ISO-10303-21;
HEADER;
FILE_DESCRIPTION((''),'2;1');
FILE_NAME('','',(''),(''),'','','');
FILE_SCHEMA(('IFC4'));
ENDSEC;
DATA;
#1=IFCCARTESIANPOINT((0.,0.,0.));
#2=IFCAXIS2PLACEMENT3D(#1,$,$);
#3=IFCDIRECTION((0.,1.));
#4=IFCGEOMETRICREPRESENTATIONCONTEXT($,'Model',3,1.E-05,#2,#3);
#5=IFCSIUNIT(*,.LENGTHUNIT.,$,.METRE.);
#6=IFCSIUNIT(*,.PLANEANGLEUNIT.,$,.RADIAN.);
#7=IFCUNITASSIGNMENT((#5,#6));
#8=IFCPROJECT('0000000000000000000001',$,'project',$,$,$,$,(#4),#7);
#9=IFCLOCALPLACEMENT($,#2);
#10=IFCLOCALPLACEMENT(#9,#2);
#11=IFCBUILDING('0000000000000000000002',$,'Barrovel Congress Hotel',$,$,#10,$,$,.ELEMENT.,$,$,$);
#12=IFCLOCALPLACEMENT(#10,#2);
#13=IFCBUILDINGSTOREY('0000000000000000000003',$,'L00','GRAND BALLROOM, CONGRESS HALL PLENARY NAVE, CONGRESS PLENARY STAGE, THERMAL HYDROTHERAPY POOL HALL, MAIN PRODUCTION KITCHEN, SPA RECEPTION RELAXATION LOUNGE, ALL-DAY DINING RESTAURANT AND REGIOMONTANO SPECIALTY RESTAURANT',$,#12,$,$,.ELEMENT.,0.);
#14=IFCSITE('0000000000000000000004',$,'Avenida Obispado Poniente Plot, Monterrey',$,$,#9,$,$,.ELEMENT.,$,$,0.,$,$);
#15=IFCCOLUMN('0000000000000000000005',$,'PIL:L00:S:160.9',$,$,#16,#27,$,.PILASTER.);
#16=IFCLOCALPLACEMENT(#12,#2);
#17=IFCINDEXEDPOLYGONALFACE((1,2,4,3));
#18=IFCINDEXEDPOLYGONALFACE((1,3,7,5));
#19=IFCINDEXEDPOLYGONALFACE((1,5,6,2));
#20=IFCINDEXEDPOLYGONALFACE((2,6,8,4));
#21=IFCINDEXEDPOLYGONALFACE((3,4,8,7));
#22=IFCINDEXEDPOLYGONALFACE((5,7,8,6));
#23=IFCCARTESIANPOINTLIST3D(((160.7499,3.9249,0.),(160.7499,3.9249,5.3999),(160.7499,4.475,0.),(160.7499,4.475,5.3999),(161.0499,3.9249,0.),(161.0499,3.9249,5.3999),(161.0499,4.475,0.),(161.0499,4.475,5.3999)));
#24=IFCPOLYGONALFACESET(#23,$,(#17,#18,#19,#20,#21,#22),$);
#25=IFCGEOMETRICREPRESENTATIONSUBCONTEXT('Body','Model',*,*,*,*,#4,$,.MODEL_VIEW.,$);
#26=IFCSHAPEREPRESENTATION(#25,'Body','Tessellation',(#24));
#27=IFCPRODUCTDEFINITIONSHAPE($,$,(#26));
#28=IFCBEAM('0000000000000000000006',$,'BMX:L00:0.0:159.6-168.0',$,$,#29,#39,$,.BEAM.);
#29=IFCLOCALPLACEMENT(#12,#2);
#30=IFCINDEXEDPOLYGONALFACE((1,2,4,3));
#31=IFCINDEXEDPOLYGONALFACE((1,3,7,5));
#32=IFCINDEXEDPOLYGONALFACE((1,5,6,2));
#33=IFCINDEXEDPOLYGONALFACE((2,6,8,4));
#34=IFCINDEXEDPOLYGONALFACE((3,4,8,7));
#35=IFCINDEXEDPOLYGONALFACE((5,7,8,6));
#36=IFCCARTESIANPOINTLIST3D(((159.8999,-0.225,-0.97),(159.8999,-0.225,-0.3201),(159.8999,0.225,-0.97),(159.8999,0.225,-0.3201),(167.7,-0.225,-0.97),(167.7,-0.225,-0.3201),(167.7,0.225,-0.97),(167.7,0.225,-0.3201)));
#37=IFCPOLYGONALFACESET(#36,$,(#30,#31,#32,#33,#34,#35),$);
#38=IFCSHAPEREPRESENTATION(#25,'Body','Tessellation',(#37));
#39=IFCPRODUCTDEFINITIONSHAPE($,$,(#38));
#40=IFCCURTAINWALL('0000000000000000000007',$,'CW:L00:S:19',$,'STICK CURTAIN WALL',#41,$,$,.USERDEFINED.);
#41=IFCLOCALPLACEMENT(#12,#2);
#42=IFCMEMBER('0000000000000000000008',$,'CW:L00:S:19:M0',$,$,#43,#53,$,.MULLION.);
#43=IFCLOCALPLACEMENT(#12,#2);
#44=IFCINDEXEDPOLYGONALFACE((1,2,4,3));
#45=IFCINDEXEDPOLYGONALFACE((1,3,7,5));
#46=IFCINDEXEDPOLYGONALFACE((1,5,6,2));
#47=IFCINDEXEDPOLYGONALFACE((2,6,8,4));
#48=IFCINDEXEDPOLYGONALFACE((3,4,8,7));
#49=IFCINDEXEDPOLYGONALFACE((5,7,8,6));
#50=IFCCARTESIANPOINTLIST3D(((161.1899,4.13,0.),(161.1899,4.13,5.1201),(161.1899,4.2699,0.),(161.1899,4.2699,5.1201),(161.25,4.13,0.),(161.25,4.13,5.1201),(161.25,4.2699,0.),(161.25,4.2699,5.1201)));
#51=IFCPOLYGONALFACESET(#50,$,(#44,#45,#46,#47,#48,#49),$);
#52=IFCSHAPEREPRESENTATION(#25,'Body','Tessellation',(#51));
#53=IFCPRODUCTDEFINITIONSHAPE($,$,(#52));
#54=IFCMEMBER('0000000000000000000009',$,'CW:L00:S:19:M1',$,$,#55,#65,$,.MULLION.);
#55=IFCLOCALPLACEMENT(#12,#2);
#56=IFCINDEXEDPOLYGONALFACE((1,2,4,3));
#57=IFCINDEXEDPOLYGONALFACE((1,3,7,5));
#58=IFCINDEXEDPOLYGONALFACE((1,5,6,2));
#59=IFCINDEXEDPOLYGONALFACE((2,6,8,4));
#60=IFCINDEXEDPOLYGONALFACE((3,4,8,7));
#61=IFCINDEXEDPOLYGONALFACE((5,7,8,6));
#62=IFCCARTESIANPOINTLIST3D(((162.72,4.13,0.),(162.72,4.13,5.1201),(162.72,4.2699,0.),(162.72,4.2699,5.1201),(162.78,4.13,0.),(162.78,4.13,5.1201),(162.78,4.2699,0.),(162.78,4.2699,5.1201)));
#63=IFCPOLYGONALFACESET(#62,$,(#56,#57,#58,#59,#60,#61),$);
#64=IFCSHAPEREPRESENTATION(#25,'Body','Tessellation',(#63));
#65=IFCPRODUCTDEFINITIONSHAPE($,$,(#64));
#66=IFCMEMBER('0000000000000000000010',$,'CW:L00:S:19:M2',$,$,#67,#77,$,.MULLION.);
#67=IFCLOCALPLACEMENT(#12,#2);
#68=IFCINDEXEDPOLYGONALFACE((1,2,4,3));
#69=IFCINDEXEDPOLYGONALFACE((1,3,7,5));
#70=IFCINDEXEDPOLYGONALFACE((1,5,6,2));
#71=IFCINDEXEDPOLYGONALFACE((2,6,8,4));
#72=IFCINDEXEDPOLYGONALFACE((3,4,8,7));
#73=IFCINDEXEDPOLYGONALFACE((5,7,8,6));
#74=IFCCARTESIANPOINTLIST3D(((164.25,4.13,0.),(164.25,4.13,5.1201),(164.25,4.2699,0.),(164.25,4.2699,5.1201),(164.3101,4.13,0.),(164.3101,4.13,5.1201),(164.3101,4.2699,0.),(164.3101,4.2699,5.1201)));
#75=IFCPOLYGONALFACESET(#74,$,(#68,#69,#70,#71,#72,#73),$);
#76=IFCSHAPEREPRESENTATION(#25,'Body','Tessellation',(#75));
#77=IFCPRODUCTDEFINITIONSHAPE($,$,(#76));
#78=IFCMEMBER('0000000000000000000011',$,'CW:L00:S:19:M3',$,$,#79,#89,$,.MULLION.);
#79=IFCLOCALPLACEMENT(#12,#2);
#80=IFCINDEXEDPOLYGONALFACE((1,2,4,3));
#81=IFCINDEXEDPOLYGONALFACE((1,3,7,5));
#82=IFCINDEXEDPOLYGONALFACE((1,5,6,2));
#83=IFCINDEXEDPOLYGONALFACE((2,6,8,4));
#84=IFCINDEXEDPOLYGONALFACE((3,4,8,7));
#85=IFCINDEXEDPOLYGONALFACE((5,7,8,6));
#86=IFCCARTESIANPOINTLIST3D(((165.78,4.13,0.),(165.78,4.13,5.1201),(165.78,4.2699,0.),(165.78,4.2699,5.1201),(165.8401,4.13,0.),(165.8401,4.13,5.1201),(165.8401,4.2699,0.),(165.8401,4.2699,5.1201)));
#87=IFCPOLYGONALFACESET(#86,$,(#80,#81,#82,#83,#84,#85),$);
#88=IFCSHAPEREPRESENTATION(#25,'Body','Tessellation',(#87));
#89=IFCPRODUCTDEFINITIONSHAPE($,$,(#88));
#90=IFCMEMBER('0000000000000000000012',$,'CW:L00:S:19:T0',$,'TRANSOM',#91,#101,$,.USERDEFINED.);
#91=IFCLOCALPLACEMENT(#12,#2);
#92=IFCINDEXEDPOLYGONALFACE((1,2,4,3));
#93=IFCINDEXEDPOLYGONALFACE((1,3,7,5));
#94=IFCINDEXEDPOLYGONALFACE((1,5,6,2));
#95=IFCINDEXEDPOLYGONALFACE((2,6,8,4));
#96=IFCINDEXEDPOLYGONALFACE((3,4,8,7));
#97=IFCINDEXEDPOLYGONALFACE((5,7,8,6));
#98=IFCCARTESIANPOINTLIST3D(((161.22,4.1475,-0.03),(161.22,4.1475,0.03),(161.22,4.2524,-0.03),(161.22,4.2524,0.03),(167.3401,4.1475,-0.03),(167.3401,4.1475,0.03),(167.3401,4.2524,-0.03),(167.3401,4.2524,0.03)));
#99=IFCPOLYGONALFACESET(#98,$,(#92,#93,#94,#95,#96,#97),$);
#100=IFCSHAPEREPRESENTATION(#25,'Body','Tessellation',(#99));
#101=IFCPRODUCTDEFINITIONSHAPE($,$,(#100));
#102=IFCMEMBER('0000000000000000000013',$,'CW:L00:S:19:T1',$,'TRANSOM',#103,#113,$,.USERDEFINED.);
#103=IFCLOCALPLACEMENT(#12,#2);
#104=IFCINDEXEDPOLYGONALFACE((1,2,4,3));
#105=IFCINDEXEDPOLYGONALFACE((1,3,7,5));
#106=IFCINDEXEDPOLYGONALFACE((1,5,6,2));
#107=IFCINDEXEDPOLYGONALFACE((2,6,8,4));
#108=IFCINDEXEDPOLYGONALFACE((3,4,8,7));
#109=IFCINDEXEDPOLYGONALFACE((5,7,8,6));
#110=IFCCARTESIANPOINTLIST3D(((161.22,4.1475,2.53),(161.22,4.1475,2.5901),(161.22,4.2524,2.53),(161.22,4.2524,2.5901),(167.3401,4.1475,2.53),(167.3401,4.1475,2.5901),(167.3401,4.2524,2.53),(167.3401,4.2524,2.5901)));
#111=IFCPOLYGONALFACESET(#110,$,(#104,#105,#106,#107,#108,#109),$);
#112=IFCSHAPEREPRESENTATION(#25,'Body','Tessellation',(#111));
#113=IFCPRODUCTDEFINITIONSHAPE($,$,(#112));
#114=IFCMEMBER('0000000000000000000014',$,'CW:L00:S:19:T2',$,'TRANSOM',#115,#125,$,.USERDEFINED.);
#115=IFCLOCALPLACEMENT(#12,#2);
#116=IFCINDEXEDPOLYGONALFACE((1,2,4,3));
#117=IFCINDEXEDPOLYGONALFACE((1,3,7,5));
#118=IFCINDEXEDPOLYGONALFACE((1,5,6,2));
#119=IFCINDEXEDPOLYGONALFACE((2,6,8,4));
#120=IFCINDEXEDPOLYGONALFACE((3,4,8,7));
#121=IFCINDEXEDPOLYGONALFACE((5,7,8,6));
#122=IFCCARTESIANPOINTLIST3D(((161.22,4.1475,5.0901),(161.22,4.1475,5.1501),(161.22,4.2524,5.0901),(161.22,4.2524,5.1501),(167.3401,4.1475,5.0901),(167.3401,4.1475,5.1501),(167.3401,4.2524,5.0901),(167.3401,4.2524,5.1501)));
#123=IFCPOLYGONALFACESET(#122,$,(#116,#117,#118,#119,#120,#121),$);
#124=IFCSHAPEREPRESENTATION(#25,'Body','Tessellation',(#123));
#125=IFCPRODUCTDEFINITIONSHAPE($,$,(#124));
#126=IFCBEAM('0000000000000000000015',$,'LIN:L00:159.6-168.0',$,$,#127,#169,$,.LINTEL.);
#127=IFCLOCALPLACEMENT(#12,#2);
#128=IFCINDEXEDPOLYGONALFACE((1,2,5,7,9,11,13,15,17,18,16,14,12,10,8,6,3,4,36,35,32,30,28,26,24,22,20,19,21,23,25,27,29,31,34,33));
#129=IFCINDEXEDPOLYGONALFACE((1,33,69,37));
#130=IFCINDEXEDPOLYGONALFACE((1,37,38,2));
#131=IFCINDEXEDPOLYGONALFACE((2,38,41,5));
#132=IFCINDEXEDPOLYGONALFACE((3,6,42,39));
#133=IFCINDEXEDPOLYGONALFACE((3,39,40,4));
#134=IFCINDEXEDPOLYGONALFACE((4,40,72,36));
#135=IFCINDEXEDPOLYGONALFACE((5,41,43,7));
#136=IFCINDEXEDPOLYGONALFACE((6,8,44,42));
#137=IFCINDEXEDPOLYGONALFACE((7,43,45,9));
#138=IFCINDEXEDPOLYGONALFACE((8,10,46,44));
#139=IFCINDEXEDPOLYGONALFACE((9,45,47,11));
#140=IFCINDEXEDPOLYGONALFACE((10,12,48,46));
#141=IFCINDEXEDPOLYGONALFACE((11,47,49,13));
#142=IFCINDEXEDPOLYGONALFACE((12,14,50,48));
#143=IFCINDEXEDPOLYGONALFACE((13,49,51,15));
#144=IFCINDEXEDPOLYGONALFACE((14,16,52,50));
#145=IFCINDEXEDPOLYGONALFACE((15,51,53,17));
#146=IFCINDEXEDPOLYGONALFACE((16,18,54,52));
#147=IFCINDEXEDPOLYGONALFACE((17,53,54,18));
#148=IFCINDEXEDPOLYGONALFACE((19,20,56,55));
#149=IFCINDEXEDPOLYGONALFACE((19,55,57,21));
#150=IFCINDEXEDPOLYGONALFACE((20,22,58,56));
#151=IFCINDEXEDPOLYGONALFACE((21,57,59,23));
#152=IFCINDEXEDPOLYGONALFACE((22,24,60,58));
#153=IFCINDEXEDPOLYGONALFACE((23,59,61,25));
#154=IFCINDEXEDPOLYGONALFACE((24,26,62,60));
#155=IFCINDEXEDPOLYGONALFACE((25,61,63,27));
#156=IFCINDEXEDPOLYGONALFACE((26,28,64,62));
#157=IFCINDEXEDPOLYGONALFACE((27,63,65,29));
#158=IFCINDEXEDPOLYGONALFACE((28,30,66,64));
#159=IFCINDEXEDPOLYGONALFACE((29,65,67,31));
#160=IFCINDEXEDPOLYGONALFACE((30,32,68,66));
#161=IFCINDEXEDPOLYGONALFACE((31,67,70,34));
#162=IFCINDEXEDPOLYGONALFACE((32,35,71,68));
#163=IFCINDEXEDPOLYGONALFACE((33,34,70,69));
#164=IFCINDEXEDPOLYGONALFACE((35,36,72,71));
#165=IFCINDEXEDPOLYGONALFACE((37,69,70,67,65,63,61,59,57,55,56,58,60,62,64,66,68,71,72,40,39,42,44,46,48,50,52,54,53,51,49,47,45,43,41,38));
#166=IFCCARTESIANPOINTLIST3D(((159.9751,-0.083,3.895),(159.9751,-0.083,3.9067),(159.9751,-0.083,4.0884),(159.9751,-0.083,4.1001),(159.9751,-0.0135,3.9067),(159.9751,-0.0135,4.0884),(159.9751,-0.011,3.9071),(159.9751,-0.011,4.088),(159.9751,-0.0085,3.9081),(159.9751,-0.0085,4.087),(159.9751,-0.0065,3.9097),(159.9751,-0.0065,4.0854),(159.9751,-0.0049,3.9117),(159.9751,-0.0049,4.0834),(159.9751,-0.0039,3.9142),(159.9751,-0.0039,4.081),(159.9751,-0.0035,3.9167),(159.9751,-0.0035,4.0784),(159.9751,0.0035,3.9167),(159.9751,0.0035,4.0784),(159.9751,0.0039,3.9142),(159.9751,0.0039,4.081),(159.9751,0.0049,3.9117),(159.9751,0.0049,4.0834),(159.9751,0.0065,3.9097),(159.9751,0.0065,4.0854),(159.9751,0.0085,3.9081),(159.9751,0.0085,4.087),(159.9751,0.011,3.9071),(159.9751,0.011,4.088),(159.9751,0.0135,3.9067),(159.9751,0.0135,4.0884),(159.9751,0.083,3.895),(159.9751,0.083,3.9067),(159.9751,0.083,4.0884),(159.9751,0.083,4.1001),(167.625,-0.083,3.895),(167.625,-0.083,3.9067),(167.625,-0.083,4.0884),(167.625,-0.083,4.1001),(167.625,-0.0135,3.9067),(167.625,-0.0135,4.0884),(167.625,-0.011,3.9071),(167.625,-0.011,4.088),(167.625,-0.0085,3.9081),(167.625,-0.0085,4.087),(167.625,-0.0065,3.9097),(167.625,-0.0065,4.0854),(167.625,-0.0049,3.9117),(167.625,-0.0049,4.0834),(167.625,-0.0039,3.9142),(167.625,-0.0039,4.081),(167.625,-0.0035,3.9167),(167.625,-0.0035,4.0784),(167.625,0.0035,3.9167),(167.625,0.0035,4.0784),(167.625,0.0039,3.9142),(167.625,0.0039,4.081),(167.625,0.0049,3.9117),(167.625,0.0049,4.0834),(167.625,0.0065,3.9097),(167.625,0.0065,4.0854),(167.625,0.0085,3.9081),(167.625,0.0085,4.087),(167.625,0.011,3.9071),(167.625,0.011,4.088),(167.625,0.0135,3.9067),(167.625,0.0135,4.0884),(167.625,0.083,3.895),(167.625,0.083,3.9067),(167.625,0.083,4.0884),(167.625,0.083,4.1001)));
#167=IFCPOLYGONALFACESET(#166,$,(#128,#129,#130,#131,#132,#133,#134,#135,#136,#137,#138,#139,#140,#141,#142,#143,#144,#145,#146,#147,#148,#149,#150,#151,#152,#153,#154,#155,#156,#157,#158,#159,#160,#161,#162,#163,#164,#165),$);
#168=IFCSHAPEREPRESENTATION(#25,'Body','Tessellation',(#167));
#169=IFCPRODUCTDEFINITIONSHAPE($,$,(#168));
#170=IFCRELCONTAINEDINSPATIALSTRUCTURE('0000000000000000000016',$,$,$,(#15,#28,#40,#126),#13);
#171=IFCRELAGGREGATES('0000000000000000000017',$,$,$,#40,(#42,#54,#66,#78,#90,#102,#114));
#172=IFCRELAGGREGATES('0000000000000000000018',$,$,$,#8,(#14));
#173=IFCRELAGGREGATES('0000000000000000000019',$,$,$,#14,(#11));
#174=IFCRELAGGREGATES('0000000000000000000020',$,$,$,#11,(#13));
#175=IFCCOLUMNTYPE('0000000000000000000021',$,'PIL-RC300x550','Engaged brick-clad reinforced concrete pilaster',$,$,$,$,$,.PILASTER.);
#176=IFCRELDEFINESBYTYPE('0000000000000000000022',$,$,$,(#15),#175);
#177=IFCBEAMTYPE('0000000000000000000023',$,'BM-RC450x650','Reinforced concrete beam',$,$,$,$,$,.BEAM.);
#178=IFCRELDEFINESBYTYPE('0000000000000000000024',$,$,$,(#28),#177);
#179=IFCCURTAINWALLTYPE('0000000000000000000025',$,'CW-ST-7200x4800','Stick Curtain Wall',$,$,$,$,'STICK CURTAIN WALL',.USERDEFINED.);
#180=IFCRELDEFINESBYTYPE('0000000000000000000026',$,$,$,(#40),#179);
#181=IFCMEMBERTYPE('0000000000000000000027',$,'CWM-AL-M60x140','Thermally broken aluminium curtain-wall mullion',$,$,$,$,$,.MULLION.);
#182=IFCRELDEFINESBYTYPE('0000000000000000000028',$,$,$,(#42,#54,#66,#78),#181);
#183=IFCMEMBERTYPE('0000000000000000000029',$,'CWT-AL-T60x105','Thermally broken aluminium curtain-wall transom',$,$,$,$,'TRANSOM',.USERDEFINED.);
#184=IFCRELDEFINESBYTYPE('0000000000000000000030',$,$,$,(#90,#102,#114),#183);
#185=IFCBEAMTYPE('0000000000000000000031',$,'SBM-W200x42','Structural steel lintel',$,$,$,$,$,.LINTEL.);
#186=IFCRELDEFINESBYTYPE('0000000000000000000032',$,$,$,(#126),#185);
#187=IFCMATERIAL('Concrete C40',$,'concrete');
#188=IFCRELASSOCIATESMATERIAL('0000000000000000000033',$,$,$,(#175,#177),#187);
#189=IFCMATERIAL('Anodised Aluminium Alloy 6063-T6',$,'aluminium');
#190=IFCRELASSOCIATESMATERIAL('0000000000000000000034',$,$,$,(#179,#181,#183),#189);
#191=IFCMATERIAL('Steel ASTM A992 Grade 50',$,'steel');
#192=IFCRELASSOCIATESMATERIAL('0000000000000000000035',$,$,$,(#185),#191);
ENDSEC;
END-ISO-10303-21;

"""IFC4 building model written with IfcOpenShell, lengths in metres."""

from ifc_helpers import new_model, si_unit, direction, frame, origin, origin_2d, place, context, subcontext, project, spatial, rectangle, i_section, extrude, material, material_profile, profile_set, type_object, element, aggregate, save


model = new_model("IFC4")

# Units and contexts
model_context = context("Model", 3, precision=1e-05, world=origin(), true_north=direction((0.0, 1.0)))
body_context = subcontext(model_context, "Body", "Model", "MODEL_VIEW")
ifc_project = project(units=[si_unit("LENGTHUNIT", "METRE"), si_unit("PLANEANGLEUNIT", "RADIAN")], contexts=[model_context])

# Site, building, storey
site_placement = place(None, origin())
site = spatial("IfcSite", under=ifc_project, at=site_placement, Name="Avenida Obispado Poniente Plot, Monterrey", CompositionType="ELEMENT", RefElevation=0.0)
building_placement = place(site_placement, origin())
building = spatial("IfcBuilding", under=site, at=building_placement, Name="Barrovel Congress Hotel", CompositionType="ELEMENT")
storey_placement = place(building_placement, origin())
storey = spatial("IfcBuildingStorey", under=building, at=storey_placement, Name="L00", Description="GRAND BALLROOM, CONGRESS HALL PLENARY NAVE, CONGRESS PLENARY STAGE, THERMAL HYDROTHERAPY POOL HALL, MAIN PRODUCTION KITCHEN, SPA RECEPTION RELAXATION LOUNGE, ALL-DAY DINING RESTAURANT AND REGIOMONTANO SPECIALTY RESTAURANT", CompositionType="ELEMENT", Elevation=0.0)

# Column
ifc_material_1 = material(Name="Concrete C40", Category="concrete")
ifc_material_profile_1 = material_profile(ifc_material_1, rectangle(XDim=0.3, YDim=0.55, at=origin_2d()), Name="RC300x550")
ifc_profile_set_1 = profile_set([ifc_material_profile_1], Name="Concrete C40")
column_type = type_object("IfcColumnType", Name="PIL-RC300x550", Description="Engaged brick-clad reinforced concrete pilaster", PredefinedType="PILASTER", material=ifc_profile_set_1)
column_placement = place(storey_placement, frame((160.8999, 4.2, 0.0), z_axis=(0.0, 0.0, 1.0), x_axis=(1.0, 0.0, 0.0)))
element("IfcColumn", 1, at=column_placement, inside=storey, type_object=column_type, Name="PIL:L00:S:160.9", PredefinedType="PILASTER", context=body_context, shape_type="SweptSolid", body=[
    extrude(rectangle(XDim=0.3, YDim=0.55, at=origin_2d()), origin(), (0.0, 0.0, 1.0), 5.3999),
])

# Beam
ifc_material_profile_2 = material_profile(ifc_material_1, rectangle(XDim=0.45, YDim=0.6499, at=origin_2d()), Name="RC450x650")
ifc_profile_set_2 = profile_set([ifc_material_profile_2], Name="Concrete C40")
beam_type_1 = type_object("IfcBeamType", Name="BM-RC450x650", Description="Reinforced concrete beam", PredefinedType="BEAM", material=ifc_profile_set_2)
beam_1_placement = place(storey_placement, frame((159.8999, 0.0, -0.645), z_axis=(1.0, 0.0, 0.0), x_axis=(0.0, 1.0, 0.0)))
element("IfcBeam", 2, at=beam_1_placement, inside=storey, type_object=beam_type_1, Name="BMX:L00:0.0:159.6-168.0", PredefinedType="BEAM", context=body_context, shape_type="SweptSolid", body=[
    extrude(rectangle(XDim=0.45, YDim=0.6499, at=origin_2d()), origin(), (0.0, 0.0, 1.0), 7.8),
])

# Curtain wall, members
ifc_material_2 = material(Name="Anodised Aluminium Alloy 6063-T6", Category="aluminium")
curtain_wall_type = type_object("IfcCurtainWallType", Name="CW-ST-7200x4800", Description="Stick Curtain Wall", ElementType="STICK CURTAIN WALL", PredefinedType="USERDEFINED", material=ifc_material_2)
curtain_wall_placement = place(storey_placement, origin())
curtain_wall = element("IfcCurtainWall", 3, at=curtain_wall_placement, inside=storey, type_object=curtain_wall_type, Name="CW:L00:S:19", ObjectType="STICK CURTAIN WALL", PredefinedType="USERDEFINED")
ifc_material_profile_3 = material_profile(ifc_material_2, rectangle(XDim=0.0601, YDim=0.1399, at=origin_2d()), Name="AL-M60x140")
ifc_profile_set_3 = profile_set([ifc_material_profile_3], Name="Anodised Aluminium Alloy 6063-T6")
member_type_1 = type_object("IfcMemberType", Name="CWM-AL-M60x140", Description="Thermally broken aluminium curtain-wall mullion", PredefinedType="MULLION", material=ifc_profile_set_3)
member_1_placement = place(storey_placement, frame((161.22, 4.2, 0.0), z_axis=(0.0, 0.0, 1.0), x_axis=(1.0, 0.0, 0.0)))
member_1 = element("IfcMember", 4, at=member_1_placement, type_object=member_type_1, Name="CW:L00:S:19:M0", PredefinedType="MULLION", context=body_context, shape_type="SweptSolid", body=[
    extrude(rectangle(XDim=0.0601, YDim=0.1399, at=origin_2d()), origin(), (0.0, 0.0, 1.0), 5.1201),
])
member_2_placement = place(storey_placement, frame((162.75, 4.2, 0.0), z_axis=(0.0, 0.0, 1.0), x_axis=(1.0, 0.0, 0.0)))
member_2 = element("IfcMember", 5, at=member_2_placement, type_object=member_type_1, Name="CW:L00:S:19:M1", PredefinedType="MULLION", context=body_context, shape_type="SweptSolid", body=[
    extrude(rectangle(XDim=0.0601, YDim=0.1399, at=origin_2d()), origin(), (0.0, 0.0, 1.0), 5.1201),
])
member_3_placement = place(storey_placement, frame((164.28, 4.2, 0.0), z_axis=(0.0, 0.0, 1.0), x_axis=(1.0, 0.0, 0.0)))
member_3 = element("IfcMember", 6, at=member_3_placement, type_object=member_type_1, Name="CW:L00:S:19:M2", PredefinedType="MULLION", context=body_context, shape_type="SweptSolid", body=[
    extrude(rectangle(XDim=0.0601, YDim=0.1399, at=origin_2d()), origin(), (0.0, 0.0, 1.0), 5.1201),
])
member_4_placement = place(storey_placement, frame((165.8101, 4.2, 0.0), z_axis=(0.0, 0.0, 1.0), x_axis=(1.0, 0.0, 0.0)))
member_4 = element("IfcMember", 7, at=member_4_placement, type_object=member_type_1, Name="CW:L00:S:19:M3", PredefinedType="MULLION", context=body_context, shape_type="SweptSolid", body=[
    extrude(rectangle(XDim=0.0601, YDim=0.1399, at=origin_2d()), origin(), (0.0, 0.0, 1.0), 5.1201),
])
ifc_material_profile_4 = material_profile(ifc_material_2, rectangle(XDim=0.105, YDim=0.0601, at=origin_2d()), Name="AL-T60x105")
ifc_profile_set_4 = profile_set([ifc_material_profile_4], Name="Anodised Aluminium Alloy 6063-T6")
member_type_2 = type_object("IfcMemberType", Name="CWT-AL-T60x105", Description="Thermally broken aluminium curtain-wall transom", ElementType="TRANSOM", PredefinedType="USERDEFINED", material=ifc_profile_set_4)
member_5_placement = place(storey_placement, frame((161.22, 4.2, 0.0), z_axis=(1.0, 0.0, 0.0), x_axis=(0.0, 1.0, 0.0)))
member_5 = element("IfcMember", 8, at=member_5_placement, type_object=member_type_2, Name="CW:L00:S:19:T0", ObjectType="TRANSOM", PredefinedType="USERDEFINED", context=body_context, shape_type="SweptSolid", body=[
    extrude(rectangle(XDim=0.105, YDim=0.0601, at=origin_2d()), origin(), (0.0, 0.0, 1.0), 6.1201),
])
member_6_placement = place(storey_placement, frame((161.22, 4.2, 2.5601), z_axis=(1.0, 0.0, 0.0), x_axis=(0.0, 1.0, 0.0)))
member_6 = element("IfcMember", 9, at=member_6_placement, type_object=member_type_2, Name="CW:L00:S:19:T1", ObjectType="TRANSOM", PredefinedType="USERDEFINED", context=body_context, shape_type="SweptSolid", body=[
    extrude(rectangle(XDim=0.105, YDim=0.0601, at=origin_2d()), origin(), (0.0, 0.0, 1.0), 6.1201),
])
member_7_placement = place(storey_placement, frame((161.22, 4.2, 5.1201), z_axis=(1.0, 0.0, 0.0), x_axis=(0.0, 1.0, 0.0)))
member_7 = element("IfcMember", 10, at=member_7_placement, type_object=member_type_2, Name="CW:L00:S:19:T2", ObjectType="TRANSOM", PredefinedType="USERDEFINED", context=body_context, shape_type="SweptSolid", body=[
    extrude(rectangle(XDim=0.105, YDim=0.0601, at=origin_2d()), origin(), (0.0, 0.0, 1.0), 6.1201),
])

# Beam
ifc_material_3 = material(Name="Steel ASTM A992 Grade 50", Category="steel")
ifc_material_profile_5 = material_profile(ifc_material_3, i_section(OverallWidth=0.166, OverallDepth=0.2051, WebThickness=0.0071, FlangeThickness=0.0117, FilletRadius=0.01, at=origin_2d()), Name="W200x42")
ifc_profile_set_5 = profile_set([ifc_material_profile_5], Name="Steel ASTM A992 Grade 50")
beam_type_2 = type_object("IfcBeamType", Name="SBM-W200x42", Description="Structural steel lintel", PredefinedType="LINTEL", material=ifc_profile_set_5)
beam_2_placement = place(storey_placement, frame((159.9751, 0.0, 3.9976), z_axis=(1.0, 0.0, 0.0), x_axis=(0.0, 1.0, 0.0)))
element("IfcBeam", 11, at=beam_2_placement, inside=storey, type_object=beam_type_2, Name="LIN:L00:159.6-168.0", PredefinedType="LINTEL", context=body_context, shape_type="SweptSolid", body=[
    extrude(i_section(OverallWidth=0.166, OverallDepth=0.2051, WebThickness=0.0071, FlangeThickness=0.0117, FilletRadius=0.01, at=origin_2d()), origin(), (0.0, 0.0, 1.0), 7.6499),
])

aggregate(curtain_wall, [member_1, member_2, member_3, member_4, member_5, member_6, member_7])

save(model, "model.ifc")
